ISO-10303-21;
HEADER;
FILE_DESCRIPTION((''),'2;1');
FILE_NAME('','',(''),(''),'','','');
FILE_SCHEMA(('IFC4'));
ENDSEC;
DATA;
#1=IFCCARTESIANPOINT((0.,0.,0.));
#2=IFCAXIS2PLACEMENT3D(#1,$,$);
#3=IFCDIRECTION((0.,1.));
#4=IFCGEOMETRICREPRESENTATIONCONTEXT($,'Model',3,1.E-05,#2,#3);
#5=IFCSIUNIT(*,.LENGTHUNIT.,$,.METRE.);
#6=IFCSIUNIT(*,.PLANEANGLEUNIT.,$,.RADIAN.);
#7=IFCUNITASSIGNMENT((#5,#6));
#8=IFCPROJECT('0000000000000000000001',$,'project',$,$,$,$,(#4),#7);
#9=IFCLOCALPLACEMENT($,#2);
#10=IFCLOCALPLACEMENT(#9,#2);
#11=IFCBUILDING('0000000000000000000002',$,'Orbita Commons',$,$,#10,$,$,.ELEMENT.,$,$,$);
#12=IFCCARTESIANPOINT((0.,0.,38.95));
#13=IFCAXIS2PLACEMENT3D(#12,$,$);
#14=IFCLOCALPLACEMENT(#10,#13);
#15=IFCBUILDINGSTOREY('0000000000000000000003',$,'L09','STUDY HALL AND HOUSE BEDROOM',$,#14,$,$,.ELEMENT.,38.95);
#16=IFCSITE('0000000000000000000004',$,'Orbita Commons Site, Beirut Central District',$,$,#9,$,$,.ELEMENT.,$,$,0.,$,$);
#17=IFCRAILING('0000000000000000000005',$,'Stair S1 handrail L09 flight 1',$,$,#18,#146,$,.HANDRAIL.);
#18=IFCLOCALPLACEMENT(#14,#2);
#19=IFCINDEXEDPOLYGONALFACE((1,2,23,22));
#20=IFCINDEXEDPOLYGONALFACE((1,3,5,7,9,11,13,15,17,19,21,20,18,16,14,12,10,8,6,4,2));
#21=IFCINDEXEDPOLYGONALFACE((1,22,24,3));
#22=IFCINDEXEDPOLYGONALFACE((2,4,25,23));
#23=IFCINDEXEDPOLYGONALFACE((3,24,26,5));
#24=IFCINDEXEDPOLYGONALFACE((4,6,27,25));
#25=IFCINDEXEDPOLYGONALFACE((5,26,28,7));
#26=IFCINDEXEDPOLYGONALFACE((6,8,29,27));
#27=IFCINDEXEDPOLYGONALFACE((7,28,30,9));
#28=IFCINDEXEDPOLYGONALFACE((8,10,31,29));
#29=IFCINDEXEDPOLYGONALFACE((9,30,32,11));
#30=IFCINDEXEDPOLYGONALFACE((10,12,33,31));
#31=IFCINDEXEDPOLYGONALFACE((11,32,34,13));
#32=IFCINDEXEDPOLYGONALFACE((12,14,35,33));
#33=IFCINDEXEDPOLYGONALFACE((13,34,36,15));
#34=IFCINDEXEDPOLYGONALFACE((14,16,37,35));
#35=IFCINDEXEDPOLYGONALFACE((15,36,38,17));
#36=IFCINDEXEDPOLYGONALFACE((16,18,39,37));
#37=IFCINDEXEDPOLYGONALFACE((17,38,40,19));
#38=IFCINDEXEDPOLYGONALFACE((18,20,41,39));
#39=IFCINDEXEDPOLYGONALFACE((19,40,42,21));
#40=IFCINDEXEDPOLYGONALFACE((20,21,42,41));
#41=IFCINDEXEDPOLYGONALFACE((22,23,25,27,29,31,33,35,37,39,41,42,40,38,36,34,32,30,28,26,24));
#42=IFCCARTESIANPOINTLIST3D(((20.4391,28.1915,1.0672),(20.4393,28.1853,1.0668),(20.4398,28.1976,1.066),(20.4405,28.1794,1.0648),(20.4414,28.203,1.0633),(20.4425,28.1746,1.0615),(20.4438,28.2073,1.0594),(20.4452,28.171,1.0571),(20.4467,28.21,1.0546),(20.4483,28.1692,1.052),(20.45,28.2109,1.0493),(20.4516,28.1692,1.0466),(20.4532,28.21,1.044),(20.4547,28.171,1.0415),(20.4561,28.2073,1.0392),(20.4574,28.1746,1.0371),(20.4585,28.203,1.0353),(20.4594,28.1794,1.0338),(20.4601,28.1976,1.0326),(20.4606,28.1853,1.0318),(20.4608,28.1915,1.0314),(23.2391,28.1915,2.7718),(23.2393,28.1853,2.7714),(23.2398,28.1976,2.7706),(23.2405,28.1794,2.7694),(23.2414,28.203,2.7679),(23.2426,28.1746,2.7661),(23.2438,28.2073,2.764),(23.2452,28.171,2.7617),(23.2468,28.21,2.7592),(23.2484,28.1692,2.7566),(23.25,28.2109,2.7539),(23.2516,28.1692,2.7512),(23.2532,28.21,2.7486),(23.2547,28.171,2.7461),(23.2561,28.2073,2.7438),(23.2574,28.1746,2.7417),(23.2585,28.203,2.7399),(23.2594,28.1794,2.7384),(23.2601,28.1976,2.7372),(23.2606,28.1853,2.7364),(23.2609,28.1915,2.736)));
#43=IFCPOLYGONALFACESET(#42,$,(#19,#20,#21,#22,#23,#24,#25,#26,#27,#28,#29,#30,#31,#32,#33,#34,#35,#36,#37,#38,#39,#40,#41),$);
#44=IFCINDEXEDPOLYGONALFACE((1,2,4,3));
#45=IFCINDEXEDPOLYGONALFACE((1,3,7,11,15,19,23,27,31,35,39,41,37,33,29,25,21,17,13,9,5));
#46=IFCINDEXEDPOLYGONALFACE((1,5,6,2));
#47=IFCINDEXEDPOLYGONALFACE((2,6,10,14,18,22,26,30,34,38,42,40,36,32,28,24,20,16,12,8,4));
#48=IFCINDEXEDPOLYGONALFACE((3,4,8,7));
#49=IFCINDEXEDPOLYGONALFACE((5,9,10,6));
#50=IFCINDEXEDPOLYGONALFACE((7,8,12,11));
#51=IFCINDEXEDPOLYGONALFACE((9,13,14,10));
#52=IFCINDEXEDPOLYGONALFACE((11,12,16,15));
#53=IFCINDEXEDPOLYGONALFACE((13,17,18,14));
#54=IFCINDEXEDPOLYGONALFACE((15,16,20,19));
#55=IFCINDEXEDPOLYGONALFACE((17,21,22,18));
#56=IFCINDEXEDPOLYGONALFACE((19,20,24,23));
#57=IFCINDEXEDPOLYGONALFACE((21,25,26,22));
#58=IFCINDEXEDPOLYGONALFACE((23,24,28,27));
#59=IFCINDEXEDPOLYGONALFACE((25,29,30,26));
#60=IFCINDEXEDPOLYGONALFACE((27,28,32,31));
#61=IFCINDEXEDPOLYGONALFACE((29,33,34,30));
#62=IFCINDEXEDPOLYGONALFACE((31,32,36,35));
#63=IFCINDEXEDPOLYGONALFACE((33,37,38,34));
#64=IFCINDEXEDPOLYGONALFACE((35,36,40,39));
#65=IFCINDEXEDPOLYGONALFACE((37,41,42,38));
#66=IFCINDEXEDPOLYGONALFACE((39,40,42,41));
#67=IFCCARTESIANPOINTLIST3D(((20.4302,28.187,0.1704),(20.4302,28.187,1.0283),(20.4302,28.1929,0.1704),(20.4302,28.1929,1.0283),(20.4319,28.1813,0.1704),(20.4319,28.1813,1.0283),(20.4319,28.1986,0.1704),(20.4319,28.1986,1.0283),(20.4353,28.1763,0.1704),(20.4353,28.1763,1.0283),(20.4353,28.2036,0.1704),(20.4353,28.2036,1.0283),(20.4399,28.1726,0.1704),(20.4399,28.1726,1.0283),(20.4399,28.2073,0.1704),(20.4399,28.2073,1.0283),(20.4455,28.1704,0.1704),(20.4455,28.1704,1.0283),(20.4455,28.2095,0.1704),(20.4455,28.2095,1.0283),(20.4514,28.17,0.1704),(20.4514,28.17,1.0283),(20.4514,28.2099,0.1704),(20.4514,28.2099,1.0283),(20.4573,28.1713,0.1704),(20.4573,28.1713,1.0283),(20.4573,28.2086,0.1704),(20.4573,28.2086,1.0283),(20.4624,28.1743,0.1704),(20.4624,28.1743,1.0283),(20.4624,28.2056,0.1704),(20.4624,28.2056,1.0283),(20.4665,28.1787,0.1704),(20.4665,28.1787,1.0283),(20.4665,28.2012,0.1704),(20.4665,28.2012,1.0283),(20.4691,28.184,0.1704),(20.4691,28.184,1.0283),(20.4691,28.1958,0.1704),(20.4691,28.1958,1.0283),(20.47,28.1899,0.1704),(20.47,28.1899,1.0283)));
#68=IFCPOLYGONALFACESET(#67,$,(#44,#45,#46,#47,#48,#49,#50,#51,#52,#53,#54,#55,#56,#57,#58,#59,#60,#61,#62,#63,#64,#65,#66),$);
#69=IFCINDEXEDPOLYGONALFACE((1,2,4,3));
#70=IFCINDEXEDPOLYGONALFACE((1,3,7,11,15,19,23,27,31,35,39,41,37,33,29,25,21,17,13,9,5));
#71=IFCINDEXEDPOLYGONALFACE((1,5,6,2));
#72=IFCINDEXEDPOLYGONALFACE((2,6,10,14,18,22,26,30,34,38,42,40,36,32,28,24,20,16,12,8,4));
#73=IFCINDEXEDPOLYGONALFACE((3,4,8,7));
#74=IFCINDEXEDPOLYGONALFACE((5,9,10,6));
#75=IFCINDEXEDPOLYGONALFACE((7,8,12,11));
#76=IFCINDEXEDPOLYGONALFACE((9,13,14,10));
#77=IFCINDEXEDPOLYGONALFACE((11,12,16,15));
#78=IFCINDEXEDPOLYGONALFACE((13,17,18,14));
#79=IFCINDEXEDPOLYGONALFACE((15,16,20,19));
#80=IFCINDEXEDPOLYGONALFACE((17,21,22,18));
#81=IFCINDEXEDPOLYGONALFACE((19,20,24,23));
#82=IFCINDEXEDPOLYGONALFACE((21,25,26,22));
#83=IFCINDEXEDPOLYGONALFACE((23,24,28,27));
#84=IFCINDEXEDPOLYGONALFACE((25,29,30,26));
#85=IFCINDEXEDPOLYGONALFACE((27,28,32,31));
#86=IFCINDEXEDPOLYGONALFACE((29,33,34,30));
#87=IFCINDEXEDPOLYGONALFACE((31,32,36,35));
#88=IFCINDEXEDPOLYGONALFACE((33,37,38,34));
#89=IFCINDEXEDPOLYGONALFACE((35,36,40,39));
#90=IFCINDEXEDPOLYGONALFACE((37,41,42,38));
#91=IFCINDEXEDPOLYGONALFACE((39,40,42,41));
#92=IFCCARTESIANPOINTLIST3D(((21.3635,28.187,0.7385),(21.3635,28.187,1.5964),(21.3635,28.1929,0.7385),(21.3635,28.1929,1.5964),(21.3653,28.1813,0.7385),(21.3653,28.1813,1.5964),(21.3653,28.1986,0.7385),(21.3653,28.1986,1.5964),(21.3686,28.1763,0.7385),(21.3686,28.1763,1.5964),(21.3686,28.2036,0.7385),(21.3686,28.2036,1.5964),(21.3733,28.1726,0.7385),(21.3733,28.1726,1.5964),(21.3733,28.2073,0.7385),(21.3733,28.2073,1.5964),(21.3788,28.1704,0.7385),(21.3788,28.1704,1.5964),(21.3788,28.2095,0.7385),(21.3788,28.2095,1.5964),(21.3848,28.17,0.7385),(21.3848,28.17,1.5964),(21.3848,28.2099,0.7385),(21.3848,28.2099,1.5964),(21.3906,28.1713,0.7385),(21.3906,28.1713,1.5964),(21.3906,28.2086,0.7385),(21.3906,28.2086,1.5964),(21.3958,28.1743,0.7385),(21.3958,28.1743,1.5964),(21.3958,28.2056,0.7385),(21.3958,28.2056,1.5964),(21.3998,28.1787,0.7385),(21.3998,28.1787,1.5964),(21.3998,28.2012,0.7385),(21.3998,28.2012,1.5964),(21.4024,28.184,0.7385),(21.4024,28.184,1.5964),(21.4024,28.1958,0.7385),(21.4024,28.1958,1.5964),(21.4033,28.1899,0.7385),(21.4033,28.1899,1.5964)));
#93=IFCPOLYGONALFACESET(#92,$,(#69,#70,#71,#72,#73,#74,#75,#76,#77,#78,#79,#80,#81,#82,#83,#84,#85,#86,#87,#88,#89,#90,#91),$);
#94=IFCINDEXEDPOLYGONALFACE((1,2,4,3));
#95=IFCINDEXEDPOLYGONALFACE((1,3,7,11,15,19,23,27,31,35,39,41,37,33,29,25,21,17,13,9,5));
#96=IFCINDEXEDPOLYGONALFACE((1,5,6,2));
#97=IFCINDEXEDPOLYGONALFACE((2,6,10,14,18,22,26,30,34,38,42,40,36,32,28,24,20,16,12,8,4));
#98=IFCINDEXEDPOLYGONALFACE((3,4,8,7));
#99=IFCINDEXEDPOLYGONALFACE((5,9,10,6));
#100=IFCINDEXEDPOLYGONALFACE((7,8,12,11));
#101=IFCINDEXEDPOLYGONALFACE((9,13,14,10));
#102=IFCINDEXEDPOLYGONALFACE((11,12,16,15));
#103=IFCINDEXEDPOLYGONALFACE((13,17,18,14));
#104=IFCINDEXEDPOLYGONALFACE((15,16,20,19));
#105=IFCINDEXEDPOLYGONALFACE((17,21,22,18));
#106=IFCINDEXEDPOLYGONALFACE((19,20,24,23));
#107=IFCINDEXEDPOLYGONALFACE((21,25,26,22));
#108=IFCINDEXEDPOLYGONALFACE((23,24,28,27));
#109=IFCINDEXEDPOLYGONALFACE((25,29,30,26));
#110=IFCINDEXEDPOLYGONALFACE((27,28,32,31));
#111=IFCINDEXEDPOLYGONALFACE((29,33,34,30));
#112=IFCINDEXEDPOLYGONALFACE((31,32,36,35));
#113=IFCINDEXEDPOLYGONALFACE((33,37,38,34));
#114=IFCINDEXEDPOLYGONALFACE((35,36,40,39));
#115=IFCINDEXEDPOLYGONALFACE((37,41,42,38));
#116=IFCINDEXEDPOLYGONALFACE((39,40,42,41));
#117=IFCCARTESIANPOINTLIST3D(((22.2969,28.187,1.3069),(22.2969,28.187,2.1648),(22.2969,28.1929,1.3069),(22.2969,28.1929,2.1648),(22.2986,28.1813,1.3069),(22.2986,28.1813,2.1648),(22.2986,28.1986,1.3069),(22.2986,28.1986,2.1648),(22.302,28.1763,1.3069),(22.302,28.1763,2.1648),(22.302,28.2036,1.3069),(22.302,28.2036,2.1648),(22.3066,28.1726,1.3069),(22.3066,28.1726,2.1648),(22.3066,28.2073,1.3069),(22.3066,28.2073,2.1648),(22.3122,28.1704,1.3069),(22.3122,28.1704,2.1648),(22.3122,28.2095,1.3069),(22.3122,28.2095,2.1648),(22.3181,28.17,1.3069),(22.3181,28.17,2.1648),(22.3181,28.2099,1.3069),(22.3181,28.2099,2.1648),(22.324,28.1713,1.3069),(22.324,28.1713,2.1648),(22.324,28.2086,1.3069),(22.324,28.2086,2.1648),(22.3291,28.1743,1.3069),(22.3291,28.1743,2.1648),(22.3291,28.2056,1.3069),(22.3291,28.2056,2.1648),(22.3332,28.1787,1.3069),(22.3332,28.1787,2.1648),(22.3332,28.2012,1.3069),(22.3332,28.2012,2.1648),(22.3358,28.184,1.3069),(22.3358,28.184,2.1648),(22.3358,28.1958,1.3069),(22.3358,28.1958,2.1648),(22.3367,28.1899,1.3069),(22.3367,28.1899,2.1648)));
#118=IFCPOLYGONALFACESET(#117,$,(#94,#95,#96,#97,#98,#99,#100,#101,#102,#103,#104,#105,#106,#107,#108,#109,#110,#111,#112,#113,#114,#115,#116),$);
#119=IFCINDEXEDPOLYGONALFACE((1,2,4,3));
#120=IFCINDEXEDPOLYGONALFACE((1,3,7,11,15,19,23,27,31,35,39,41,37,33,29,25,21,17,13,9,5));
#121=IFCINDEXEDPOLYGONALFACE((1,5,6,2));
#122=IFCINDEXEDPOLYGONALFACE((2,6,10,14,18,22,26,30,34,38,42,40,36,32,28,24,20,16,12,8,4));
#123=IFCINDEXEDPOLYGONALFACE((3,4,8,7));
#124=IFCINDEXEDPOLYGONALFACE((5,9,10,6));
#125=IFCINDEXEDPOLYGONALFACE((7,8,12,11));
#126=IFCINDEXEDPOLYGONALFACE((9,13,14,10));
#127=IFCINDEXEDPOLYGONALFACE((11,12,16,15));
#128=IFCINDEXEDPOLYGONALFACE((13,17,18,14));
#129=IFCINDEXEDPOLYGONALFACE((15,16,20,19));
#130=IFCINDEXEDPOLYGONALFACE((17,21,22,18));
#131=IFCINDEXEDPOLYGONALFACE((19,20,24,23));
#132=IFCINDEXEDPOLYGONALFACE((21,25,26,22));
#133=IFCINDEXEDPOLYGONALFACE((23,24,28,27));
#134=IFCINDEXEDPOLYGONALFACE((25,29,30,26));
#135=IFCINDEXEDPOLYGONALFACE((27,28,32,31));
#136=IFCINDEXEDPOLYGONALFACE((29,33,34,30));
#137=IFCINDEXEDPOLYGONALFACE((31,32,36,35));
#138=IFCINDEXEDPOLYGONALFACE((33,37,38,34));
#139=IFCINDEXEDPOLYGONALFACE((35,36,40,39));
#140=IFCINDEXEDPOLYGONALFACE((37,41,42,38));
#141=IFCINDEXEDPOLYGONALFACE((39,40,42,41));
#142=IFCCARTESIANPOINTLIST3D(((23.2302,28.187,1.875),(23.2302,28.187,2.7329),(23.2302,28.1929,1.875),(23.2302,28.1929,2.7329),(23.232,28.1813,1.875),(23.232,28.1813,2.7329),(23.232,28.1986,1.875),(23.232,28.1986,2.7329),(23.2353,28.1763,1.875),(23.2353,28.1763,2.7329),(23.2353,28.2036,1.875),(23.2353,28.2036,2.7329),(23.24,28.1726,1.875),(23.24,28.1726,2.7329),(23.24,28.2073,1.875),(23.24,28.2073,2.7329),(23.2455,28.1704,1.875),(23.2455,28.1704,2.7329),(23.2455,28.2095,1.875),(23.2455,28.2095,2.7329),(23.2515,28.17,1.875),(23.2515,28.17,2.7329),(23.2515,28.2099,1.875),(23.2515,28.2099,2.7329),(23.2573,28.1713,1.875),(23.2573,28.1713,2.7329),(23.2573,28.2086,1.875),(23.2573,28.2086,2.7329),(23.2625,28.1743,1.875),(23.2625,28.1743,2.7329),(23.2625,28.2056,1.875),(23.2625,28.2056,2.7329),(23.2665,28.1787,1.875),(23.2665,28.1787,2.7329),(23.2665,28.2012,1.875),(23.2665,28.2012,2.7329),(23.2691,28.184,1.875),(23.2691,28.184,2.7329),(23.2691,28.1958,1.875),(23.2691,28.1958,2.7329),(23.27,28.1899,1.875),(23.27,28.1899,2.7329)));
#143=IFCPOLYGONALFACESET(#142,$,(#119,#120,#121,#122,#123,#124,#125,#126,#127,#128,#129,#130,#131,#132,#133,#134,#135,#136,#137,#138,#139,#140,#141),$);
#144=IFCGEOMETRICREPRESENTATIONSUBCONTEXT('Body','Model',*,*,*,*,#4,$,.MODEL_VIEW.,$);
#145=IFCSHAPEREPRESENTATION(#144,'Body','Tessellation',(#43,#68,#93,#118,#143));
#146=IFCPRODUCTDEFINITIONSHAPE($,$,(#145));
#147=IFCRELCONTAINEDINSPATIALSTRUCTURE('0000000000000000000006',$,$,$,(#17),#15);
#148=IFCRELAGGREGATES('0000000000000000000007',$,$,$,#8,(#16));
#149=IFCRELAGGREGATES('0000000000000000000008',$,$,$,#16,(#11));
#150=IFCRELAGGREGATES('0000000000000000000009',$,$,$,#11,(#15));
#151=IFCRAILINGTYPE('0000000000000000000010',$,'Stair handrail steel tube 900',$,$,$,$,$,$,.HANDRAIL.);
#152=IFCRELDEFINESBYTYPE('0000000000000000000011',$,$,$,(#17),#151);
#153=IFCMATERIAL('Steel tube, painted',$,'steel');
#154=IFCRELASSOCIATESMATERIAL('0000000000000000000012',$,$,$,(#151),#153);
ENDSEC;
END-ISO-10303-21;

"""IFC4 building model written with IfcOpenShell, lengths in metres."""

from ifc_helpers import new_model, si_unit, direction, frame, origin, origin_2d, place, context, subcontext, project, spatial, circle, extrude, material, type_object, element, save


model = new_model("IFC4")

# Units and contexts
model_context = context("Model", 3, precision=1e-05, world=origin(), true_north=direction((0.0, 1.0)))
body_context = subcontext(model_context, "Body", "Model", "MODEL_VIEW")
ifc_project = project(units=[si_unit("LENGTHUNIT", "METRE"), si_unit("PLANEANGLEUNIT", "RADIAN")], contexts=[model_context])

# Site, building, storey
site_placement = place(None, origin())
site = spatial("IfcSite", under=ifc_project, at=site_placement, Name="Orbita Commons Site, Beirut Central District", CompositionType="ELEMENT", RefElevation=0.0)
building_placement = place(site_placement, origin())
building = spatial("IfcBuilding", under=site, at=building_placement, Name="Orbita Commons", CompositionType="ELEMENT")
storey_placement = place(building_placement, frame((0.0, 0.0, 38.95)))
storey = spatial("IfcBuildingStorey", under=building, at=storey_placement, Name="L09", Description="STUDY HALL AND HOUSE BEDROOM", CompositionType="ELEMENT", Elevation=38.95)

# Railing
ifc_material_1 = material(Name="Steel tube, painted", Category="steel")
railing_type = type_object("IfcRailingType", Name="Stair handrail steel tube 900", PredefinedType="HANDRAIL", material=ifc_material_1)
for number, where, name in (
    (1, (20.45, 28.1899, 0.1704), "Stair S1 handrail L09 flight 1"),
):
    element("IfcRailing", number, at=place(storey_placement, frame(where)), inside=storey, type_object=railing_type, Name=name, PredefinedType="HANDRAIL", context=body_context, shape_type="SweptSolid", body=[
        extrude(circle(Radius=0.021, at=origin_2d()), frame((0.0, 0.0, 0.8789), z_axis=(0.85417, 0.0, 0.519994), x_axis=(0.0, 1.0, 0.0)), (0.0, 0.0, 1.0), 3.2781),
        extrude(circle(Radius=0.02, at=origin_2d()), origin(), (0.0, 0.0, 1.0), 0.8579),
        extrude(circle(Radius=0.02, at=origin_2d()), frame((0.9333, 0.0, 0.5681)), (0.0, 0.0, 1.0), 0.8579),
        extrude(circle(Radius=0.02, at=origin_2d()), frame((1.8667, 0.0, 1.1365)), (0.0, 0.0, 1.0), 0.8579),
        extrude(circle(Radius=0.02, at=origin_2d()), frame((2.8, 0.0, 1.7046)), (0.0, 0.0, 1.0), 0.8579),
    ])

save(model, "model.ifc")
